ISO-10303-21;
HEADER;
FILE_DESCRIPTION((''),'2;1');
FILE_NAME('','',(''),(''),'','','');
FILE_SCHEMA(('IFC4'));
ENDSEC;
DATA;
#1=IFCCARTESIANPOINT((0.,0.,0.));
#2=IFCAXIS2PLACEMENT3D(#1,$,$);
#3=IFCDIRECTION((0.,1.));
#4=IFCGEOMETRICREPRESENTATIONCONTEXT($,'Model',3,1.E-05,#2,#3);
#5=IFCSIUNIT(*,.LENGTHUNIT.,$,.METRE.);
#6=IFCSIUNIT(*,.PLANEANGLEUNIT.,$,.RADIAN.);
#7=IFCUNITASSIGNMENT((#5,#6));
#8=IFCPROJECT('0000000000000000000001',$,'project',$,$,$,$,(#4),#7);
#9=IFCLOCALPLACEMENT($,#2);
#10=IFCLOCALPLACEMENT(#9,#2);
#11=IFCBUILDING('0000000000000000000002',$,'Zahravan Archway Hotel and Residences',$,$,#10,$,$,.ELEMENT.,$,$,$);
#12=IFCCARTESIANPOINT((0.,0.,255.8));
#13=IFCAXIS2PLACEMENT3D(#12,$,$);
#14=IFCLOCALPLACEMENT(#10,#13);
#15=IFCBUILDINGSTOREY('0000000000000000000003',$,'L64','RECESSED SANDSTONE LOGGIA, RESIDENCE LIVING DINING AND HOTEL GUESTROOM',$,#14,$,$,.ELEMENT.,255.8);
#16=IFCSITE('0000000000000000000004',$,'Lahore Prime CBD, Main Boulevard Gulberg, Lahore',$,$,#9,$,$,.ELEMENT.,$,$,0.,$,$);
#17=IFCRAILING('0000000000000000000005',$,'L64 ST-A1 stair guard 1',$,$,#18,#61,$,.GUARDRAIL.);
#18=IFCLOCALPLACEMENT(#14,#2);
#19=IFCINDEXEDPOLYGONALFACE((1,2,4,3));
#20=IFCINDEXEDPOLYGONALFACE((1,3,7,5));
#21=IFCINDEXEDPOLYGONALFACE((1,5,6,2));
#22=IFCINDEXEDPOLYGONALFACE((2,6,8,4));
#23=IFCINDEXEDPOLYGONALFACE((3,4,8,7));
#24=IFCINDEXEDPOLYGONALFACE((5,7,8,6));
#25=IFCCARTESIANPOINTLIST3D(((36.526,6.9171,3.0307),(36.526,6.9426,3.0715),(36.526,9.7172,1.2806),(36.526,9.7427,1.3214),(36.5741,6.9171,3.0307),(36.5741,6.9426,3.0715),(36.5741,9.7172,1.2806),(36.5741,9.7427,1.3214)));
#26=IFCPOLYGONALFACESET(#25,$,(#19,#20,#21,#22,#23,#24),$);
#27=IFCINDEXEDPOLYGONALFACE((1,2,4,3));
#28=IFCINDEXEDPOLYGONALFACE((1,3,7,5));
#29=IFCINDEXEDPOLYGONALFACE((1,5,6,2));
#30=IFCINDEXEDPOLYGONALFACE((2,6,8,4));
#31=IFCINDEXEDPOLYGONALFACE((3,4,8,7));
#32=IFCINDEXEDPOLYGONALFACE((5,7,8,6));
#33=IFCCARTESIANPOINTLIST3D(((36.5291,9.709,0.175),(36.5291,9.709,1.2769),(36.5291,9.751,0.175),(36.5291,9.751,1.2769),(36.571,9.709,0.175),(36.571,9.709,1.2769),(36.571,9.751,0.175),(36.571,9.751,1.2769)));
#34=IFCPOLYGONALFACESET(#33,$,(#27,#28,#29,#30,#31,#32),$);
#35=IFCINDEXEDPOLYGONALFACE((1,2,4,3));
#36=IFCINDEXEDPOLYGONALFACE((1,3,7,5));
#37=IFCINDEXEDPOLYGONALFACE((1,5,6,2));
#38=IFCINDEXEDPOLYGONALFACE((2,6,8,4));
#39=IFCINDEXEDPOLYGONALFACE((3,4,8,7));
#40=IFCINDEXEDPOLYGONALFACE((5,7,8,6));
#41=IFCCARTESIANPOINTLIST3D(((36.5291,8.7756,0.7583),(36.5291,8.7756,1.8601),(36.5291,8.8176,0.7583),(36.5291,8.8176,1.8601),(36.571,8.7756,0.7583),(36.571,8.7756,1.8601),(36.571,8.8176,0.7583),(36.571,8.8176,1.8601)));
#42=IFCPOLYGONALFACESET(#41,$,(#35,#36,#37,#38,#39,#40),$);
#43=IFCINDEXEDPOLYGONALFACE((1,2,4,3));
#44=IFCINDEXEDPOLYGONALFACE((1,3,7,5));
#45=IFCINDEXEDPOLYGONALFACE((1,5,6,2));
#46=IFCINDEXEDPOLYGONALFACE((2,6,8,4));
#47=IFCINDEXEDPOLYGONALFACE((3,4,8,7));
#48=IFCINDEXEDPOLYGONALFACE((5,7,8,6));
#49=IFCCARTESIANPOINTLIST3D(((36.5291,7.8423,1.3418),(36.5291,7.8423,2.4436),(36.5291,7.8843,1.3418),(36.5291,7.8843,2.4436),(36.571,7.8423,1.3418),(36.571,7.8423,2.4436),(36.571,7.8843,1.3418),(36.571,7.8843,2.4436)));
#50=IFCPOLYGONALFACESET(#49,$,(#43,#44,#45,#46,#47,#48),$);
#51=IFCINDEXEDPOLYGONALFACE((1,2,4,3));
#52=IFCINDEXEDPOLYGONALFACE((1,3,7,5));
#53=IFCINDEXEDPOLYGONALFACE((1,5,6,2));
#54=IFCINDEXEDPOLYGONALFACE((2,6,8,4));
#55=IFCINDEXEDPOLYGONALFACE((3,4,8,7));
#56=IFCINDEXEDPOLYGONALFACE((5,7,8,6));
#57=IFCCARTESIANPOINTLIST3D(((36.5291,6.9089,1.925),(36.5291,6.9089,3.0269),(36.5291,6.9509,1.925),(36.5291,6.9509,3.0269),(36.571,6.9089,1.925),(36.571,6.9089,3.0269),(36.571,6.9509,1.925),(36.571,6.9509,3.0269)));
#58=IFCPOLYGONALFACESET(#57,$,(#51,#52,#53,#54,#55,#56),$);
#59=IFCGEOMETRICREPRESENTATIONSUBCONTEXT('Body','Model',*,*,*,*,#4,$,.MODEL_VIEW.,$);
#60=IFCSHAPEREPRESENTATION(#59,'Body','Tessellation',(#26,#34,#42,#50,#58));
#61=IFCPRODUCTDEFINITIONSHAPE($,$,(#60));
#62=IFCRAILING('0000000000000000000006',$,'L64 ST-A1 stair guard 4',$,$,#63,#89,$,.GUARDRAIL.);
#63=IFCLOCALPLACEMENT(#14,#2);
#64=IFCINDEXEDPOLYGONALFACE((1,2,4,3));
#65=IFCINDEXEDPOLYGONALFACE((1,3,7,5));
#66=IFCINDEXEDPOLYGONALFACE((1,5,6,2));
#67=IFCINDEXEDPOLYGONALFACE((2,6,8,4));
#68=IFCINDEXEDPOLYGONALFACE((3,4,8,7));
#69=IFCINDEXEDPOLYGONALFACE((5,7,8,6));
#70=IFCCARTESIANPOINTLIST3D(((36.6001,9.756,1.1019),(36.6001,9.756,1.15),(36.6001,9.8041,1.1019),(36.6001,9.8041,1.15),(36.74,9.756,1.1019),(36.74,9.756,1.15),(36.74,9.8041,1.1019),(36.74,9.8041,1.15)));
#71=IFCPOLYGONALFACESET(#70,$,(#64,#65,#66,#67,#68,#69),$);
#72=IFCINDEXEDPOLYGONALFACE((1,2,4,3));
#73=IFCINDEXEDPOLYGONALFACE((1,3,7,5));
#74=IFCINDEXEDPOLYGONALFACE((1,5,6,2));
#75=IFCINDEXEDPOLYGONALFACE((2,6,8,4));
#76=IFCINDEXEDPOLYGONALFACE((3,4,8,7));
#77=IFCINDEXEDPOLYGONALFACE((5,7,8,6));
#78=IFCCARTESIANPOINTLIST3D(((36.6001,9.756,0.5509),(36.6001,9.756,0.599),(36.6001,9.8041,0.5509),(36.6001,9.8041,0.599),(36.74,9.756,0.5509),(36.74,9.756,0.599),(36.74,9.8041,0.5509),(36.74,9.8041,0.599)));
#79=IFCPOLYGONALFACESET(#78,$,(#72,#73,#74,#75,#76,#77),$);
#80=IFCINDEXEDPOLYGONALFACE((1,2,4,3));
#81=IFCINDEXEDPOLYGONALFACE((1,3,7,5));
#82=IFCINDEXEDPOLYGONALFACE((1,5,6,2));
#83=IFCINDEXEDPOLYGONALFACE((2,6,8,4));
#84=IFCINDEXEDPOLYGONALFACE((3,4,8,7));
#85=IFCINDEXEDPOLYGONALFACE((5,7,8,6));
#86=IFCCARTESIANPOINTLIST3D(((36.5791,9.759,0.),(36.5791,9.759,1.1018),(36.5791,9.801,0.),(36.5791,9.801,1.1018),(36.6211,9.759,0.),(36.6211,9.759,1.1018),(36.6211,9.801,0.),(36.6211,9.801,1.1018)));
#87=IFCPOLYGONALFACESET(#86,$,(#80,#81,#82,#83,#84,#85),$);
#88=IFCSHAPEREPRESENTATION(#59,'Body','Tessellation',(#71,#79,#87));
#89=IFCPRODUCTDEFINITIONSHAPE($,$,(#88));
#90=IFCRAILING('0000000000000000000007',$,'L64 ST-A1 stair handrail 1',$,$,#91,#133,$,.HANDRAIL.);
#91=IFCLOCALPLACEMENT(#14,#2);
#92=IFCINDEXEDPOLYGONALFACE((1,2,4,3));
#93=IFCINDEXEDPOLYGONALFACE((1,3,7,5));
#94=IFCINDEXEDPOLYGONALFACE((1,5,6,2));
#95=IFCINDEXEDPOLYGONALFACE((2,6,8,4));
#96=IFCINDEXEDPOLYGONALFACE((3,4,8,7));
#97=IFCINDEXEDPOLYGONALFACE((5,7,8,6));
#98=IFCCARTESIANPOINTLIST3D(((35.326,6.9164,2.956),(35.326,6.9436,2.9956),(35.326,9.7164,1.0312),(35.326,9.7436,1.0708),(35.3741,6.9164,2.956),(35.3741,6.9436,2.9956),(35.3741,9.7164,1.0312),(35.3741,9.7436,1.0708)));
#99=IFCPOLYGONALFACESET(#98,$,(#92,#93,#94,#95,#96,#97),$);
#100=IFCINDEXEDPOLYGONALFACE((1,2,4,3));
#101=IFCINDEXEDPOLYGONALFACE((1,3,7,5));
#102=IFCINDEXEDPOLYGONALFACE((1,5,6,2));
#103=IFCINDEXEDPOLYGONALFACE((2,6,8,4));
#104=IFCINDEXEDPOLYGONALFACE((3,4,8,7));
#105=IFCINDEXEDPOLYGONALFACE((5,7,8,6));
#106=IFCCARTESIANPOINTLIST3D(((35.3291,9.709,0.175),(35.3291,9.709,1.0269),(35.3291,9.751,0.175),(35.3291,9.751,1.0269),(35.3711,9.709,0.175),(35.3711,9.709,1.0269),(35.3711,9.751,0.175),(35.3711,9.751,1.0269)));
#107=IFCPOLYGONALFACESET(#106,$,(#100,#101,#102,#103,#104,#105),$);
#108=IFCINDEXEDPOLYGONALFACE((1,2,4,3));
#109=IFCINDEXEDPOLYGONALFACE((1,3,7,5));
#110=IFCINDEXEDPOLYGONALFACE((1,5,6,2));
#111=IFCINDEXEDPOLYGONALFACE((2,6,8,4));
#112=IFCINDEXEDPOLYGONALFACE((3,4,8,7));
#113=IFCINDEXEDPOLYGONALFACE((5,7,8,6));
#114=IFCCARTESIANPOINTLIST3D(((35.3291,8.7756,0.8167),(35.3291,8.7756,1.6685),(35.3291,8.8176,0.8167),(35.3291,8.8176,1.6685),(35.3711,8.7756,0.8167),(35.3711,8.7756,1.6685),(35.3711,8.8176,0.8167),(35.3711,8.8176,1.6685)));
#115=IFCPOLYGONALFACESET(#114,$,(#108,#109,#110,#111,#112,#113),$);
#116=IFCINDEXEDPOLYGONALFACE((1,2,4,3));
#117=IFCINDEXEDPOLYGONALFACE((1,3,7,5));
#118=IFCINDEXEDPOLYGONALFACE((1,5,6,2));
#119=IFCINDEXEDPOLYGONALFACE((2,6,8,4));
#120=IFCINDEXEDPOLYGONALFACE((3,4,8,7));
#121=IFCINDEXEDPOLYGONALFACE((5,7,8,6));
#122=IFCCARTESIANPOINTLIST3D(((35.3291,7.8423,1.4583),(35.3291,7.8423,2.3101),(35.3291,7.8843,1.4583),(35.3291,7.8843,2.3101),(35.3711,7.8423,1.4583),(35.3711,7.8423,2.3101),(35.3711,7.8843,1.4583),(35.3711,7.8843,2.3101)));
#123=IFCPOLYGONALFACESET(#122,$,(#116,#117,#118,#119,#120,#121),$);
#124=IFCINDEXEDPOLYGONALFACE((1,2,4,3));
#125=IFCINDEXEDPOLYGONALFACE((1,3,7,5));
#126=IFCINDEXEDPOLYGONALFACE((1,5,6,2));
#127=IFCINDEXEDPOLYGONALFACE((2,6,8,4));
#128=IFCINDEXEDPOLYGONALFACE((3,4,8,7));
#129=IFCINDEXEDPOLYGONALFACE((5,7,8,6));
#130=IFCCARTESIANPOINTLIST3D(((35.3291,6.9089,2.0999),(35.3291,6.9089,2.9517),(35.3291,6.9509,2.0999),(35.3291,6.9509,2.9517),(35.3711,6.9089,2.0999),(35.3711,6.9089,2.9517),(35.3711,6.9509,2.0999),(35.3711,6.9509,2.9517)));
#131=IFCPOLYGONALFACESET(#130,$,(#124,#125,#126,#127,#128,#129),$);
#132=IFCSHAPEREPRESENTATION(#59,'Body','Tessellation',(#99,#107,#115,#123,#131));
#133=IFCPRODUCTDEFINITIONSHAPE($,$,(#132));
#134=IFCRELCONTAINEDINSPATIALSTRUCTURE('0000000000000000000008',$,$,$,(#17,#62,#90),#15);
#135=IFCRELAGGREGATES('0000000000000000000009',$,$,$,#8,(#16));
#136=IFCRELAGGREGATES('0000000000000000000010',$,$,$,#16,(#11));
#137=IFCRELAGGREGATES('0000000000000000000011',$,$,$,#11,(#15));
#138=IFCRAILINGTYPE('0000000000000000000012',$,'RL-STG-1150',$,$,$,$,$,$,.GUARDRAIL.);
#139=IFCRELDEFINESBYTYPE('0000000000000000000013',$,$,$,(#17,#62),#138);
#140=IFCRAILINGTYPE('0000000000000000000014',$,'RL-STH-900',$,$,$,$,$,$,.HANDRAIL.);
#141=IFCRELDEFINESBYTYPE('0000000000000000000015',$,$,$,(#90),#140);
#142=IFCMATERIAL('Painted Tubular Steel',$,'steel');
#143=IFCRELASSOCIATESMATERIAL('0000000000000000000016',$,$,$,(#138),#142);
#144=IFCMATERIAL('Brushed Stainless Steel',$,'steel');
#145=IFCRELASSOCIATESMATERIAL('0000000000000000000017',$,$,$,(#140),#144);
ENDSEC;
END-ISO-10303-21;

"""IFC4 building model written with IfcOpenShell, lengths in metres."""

from ifc_helpers import new_model, si_unit, direction, frame, origin, origin_2d, place, context, subcontext, project, spatial, rectangle, extrude, material, type_object, element, save


model = new_model("IFC4")

# Units and contexts
model_context = context("Model", 3, precision=1e-05, world=origin(), true_north=direction((0.0, 1.0)))
body_context = subcontext(model_context, "Body", "Model", "MODEL_VIEW")
ifc_project = project(units=[si_unit("LENGTHUNIT", "METRE"), si_unit("PLANEANGLEUNIT", "RADIAN")], contexts=[model_context])

# Site, building, storey
site_placement = place(None, origin())
site = spatial("IfcSite", under=ifc_project, at=site_placement, Name="Lahore Prime CBD, Main Boulevard Gulberg, Lahore", CompositionType="ELEMENT", RefElevation=0.0)
building_placement = place(site_placement, origin())
building = spatial("IfcBuilding", under=site, at=building_placement, Name="Zahravan Archway Hotel and Residences", CompositionType="ELEMENT")
storey_placement = place(building_placement, frame((0.0, 0.0, 255.8)))
storey = spatial("IfcBuildingStorey", under=building, at=storey_placement, Name="L64", Description="RECESSED SANDSTONE LOGGIA, RESIDENCE LIVING DINING AND HOTEL GUESTROOM", CompositionType="ELEMENT", Elevation=255.8)

# Shared definitions
ifc_material_1 = material(Name="Brushed Stainless Steel", Category="steel")

# Railings
ifc_material_2 = material(Name="Painted Tubular Steel", Category="steel")
railing_type_1 = type_object("IfcRailingType", Name="RL-STG-1150", PredefinedType="GUARDRAIL", material=ifc_material_2)
railing_1_placement = place(storey_placement, frame((36.55, 9.73, 0.175)))
element("IfcRailing", 1, at=railing_1_placement, inside=storey, type_object=railing_type_1, Name="L64 ST-A1 stair guard 1", PredefinedType="GUARDRAIL", context=body_context, shape_type="SweptSolid", body=[
    extrude(rectangle(XDim=0.0481, YDim=0.0481, at=origin_2d()), frame((0.0, 0.0, 1.126), z_axis=(0.0, -0.848002, 0.529992), x_axis=(1.0, 0.0, 0.0)), (0.0, 0.0, 1.0), 3.302),
    extrude(rectangle(XDim=0.042, YDim=0.042, at=origin_2d()), origin(), (0.0, 0.0, 1.0), 1.1018),
    extrude(rectangle(XDim=0.042, YDim=0.042, at=origin_2d()), frame((0.0, -0.9333, 0.5833)), (0.0, 0.0, 1.0), 1.1018),
    extrude(rectangle(XDim=0.042, YDim=0.042, at=origin_2d()), frame((0.0, -1.8667, 1.1667)), (0.0, 0.0, 1.0), 1.1018),
    extrude(rectangle(XDim=0.042, YDim=0.042, at=origin_2d()), frame((0.0, -2.8, 1.75)), (0.0, 0.0, 1.0), 1.1018),
])
railing_2_placement = place(storey_placement, frame((36.6001, 9.78, 0.0)))
element("IfcRailing", 2, at=railing_2_placement, inside=storey, type_object=railing_type_1, Name="L64 ST-A1 stair guard 4", PredefinedType="GUARDRAIL", context=body_context, shape_type="SweptSolid", body=[
    extrude(rectangle(XDim=0.0481, YDim=0.0481, at=origin_2d()), frame((0.0, 0.0, 1.126), z_axis=(1.0, 0.0, 0.0), x_axis=(0.0, 1.0, 0.0)), (0.0, 0.0, 1.0), 0.1399),
    extrude(rectangle(XDim=0.0481, YDim=0.0481, at=origin_2d()), frame((0.0, 0.0, 0.575), z_axis=(1.0, 0.0, 0.0), x_axis=(0.0, 1.0, 0.0)), (0.0, 0.0, 1.0), 0.1399),
    extrude(rectangle(XDim=0.042, YDim=0.042, at=origin_2d()), origin(), (0.0, 0.0, 1.0), 1.1018),
])
railing_type_2 = type_object("IfcRailingType", Name="RL-STH-900", PredefinedType="HANDRAIL", material=ifc_material_1)
railing_3_placement = place(storey_placement, frame((35.3501, 9.73, 0.175)))
element("IfcRailing", 3, at=railing_3_placement, inside=storey, type_object=railing_type_2, Name="L64 ST-A1 stair handrail 1", PredefinedType="HANDRAIL", context=body_context, shape_type="SweptSolid", body=[
    extrude(rectangle(XDim=0.0481, YDim=0.0481, at=origin_2d()), frame((0.0, 0.0, 0.876), z_axis=(0.0, -0.824073, 0.566483), x_axis=(1.0, 0.0, 0.0)), (0.0, 0.0, 1.0), 3.3977),
    extrude(rectangle(XDim=0.042, YDim=0.042, at=origin_2d()), origin(), (0.0, 0.0, 1.0), 0.8518),
    extrude(rectangle(XDim=0.042, YDim=0.042, at=origin_2d()), frame((0.0, -0.9333, 0.6416)), (0.0, 0.0, 1.0), 0.8518),
    extrude(rectangle(XDim=0.042, YDim=0.042, at=origin_2d()), frame((0.0, -1.8667, 1.2832)), (0.0, 0.0, 1.0), 0.8518),
    extrude(rectangle(XDim=0.042, YDim=0.042, at=origin_2d()), frame((0.0, -2.8, 1.9248)), (0.0, 0.0, 1.0), 0.8518),
])

save(model, "model.ifc")
